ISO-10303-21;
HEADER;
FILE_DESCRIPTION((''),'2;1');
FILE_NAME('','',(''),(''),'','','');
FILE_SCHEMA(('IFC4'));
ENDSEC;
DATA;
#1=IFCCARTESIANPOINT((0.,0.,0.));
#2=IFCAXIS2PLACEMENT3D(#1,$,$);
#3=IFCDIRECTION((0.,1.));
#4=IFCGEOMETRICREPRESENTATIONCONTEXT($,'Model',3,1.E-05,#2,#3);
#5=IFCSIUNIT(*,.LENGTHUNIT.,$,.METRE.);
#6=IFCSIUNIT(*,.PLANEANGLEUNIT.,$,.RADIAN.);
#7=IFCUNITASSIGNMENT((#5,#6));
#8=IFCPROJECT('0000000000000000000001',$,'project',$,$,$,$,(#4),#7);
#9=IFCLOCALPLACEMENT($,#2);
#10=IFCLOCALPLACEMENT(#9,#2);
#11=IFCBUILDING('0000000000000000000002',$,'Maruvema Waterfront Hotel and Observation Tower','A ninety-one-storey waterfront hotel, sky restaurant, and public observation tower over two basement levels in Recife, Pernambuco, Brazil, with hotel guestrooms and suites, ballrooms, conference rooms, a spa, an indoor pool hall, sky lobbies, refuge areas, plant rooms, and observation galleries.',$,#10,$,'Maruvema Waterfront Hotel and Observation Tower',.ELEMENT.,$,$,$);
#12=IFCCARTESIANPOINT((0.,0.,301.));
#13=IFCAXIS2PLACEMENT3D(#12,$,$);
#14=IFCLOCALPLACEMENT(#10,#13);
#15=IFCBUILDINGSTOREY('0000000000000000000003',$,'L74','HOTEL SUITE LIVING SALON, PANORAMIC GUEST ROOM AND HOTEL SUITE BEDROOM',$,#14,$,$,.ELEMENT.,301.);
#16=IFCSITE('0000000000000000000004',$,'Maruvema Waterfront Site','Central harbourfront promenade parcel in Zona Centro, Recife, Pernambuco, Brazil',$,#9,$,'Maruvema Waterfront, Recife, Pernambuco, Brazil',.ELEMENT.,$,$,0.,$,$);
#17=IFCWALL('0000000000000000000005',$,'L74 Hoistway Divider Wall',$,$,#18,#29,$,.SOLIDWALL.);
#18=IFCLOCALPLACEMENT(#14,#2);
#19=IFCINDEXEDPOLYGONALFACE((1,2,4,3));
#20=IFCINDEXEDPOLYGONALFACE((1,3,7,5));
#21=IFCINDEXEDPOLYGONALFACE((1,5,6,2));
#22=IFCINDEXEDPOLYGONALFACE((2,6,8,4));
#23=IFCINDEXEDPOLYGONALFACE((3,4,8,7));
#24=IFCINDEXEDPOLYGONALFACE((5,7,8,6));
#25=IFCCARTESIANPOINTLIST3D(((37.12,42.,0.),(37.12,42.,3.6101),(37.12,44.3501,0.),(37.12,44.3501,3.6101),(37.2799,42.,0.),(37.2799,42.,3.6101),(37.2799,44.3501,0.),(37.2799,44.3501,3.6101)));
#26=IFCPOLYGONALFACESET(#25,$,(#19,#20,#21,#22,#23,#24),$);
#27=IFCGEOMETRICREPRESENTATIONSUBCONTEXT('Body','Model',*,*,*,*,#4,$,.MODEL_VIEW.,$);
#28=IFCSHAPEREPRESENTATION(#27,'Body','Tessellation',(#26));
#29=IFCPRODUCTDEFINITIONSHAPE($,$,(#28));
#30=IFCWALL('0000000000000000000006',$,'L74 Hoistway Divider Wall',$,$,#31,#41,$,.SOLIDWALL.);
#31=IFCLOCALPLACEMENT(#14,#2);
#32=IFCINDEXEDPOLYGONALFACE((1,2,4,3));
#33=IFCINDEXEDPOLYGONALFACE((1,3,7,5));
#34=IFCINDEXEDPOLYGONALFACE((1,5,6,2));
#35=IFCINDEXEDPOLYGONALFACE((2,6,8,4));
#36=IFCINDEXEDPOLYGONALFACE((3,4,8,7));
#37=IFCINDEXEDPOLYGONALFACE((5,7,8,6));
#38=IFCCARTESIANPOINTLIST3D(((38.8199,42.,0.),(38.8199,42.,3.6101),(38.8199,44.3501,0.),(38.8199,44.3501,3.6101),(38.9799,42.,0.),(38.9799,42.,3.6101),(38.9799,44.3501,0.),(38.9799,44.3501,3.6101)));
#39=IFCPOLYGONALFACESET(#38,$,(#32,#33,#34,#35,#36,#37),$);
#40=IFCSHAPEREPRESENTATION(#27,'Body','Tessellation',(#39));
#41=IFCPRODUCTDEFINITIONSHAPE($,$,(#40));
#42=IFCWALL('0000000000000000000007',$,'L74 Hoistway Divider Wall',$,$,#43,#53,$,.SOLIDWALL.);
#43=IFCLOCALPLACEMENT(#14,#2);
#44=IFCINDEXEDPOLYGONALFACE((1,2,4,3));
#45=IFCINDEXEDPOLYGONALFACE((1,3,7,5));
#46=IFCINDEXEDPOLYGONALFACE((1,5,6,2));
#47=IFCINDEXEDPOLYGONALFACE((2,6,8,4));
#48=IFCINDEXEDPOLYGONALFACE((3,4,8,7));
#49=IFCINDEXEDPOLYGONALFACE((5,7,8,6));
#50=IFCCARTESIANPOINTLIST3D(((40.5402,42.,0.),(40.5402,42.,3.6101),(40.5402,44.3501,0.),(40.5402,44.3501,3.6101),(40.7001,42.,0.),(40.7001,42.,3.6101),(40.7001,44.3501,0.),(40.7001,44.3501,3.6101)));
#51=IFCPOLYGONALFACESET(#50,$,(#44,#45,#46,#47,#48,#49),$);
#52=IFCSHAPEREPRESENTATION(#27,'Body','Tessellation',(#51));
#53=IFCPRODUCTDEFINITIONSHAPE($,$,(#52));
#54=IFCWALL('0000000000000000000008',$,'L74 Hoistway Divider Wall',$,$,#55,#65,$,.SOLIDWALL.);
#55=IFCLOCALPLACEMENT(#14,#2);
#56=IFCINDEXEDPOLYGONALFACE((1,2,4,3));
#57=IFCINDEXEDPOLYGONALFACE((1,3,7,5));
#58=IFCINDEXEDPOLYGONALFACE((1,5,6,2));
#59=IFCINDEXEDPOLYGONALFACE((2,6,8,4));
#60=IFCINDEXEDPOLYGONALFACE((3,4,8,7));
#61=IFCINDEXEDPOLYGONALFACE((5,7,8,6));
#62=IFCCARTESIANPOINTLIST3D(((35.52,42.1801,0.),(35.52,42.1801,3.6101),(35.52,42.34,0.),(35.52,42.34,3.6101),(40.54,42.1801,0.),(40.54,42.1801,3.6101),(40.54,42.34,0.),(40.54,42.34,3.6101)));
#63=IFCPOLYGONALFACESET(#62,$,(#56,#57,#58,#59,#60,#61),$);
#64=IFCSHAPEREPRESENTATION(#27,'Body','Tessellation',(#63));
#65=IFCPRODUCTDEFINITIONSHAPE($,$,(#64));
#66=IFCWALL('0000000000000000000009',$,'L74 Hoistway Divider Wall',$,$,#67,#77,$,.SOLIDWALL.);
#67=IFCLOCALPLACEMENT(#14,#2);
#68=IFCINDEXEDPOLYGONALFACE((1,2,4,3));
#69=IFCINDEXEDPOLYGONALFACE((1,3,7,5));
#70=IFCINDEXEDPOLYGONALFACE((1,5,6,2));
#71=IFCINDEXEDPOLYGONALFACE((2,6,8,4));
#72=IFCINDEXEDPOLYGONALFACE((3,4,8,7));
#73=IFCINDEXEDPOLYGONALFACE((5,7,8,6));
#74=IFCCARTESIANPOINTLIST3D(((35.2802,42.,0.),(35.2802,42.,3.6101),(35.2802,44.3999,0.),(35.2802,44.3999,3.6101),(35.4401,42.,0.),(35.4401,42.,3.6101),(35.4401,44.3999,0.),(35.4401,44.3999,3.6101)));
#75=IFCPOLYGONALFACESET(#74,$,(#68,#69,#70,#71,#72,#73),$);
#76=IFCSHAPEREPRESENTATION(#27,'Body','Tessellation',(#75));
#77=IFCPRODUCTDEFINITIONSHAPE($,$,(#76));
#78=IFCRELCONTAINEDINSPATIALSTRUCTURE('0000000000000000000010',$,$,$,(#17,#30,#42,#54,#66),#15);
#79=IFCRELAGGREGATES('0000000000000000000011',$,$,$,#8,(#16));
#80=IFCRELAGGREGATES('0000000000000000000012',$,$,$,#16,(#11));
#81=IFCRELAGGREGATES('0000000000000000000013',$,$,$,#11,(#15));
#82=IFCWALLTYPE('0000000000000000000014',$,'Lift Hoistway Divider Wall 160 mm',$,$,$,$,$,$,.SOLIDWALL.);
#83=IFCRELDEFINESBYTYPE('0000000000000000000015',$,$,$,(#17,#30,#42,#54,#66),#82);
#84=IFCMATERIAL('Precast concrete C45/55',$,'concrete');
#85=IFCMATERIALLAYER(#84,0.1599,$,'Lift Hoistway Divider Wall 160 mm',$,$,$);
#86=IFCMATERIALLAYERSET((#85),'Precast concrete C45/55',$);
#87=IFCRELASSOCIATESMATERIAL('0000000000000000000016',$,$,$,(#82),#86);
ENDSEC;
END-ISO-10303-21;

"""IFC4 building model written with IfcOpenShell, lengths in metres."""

from ifc_helpers import new_model, si_unit, direction, frame, frame_2d, origin, place, context, subcontext, project, spatial, rectangle, extrude, material, layer, layer_set, type_object, element, save


model = new_model("IFC4")

# Units and contexts
model_context = context("Model", 3, precision=1e-05, world=origin(), true_north=direction((0.0, 1.0)))
body_context = subcontext(model_context, "Body", "Model", "MODEL_VIEW")
ifc_project = project(units=[si_unit("LENGTHUNIT", "METRE"), si_unit("PLANEANGLEUNIT", "RADIAN")], contexts=[model_context])

# Site, building, storey
site_placement = place(None, origin())
site = spatial("IfcSite", under=ifc_project, at=site_placement, Name="Maruvema Waterfront Site", Description="Central harbourfront promenade parcel in Zona Centro, Recife, Pernambuco, Brazil", LongName="Maruvema Waterfront, Recife, Pernambuco, Brazil", CompositionType="ELEMENT", RefElevation=0.0)
building_placement = place(site_placement, origin())
building = spatial("IfcBuilding", under=site, at=building_placement, Name="Maruvema Waterfront Hotel and Observation Tower", Description="A ninety-one-storey waterfront hotel, sky restaurant, and public observation tower over two basement levels in Recife, Pernambuco, Brazil, with hotel guestrooms and suites, ballrooms, conference rooms, a spa, an indoor pool hall, sky lobbies, refuge areas, plant rooms, and observation galleries.", LongName="Maruvema Waterfront Hotel and Observation Tower", CompositionType="ELEMENT")
storey_placement = place(building_placement, frame((0.0, 0.0, 301.0)))
storey = spatial("IfcBuildingStorey", under=building, at=storey_placement, Name="L74", Description="HOTEL SUITE LIVING SALON, PANORAMIC GUEST ROOM AND HOTEL SUITE BEDROOM", CompositionType="ELEMENT", Elevation=301.0)

# Walls
ifc_material_1 = material(Name="Precast concrete C45/55", Category="concrete")
ifc_layer_1 = layer(ifc_material_1, 0.1599, Name="Lift Hoistway Divider Wall 160 mm")
ifc_layer_set_1 = layer_set([ifc_layer_1], Name="Precast concrete C45/55")
wall_type_1 = type_object("IfcWallType", Name="Lift Hoistway Divider Wall 160 mm", PredefinedType="SOLIDWALL", material=ifc_layer_set_1)
for number, where, z_axis, x_axis, name in (
    (1, (37.2, 42.0, 0.0), (0.0, 0.0, 1.0), (0.0, 1.0, 0.0), "L74 Hoistway Divider Wall"),
    (2, (38.8999, 42.0, 0.0), (0.0, 0.0, 1.0), (0.0, 1.0, 0.0), "L74 Hoistway Divider Wall"),
    (3, (40.6201, 42.0, 0.0), (0.0, 0.0, 1.0), (0.0, 1.0, 0.0), "L74 Hoistway Divider Wall"),
):
    element("IfcWall", number, at=place(storey_placement, frame(where, z_axis=z_axis, x_axis=x_axis)), inside=storey, type_object=wall_type_1, Name=name, PredefinedType="SOLIDWALL", context=body_context, shape_type="SweptSolid", body=[
        extrude(rectangle(XDim=2.3501, YDim=0.1599, at=frame_2d((1.175, 0.0))), origin(), (0.0, 0.0, 1.0), 3.6101),
    ])
wall_1_placement = place(storey_placement, frame((35.52, 42.26, 0.0), z_axis=(0.0, 0.0, 1.0), x_axis=(1.0, 0.0, 0.0)))
element("IfcWall", 4, at=wall_1_placement, inside=storey, type_object=wall_type_1, Name="L74 Hoistway Divider Wall", PredefinedType="SOLIDWALL", context=body_context, shape_type="SweptSolid", body=[
    extrude(rectangle(XDim=5.02, YDim=0.1599, at=frame_2d((2.51, 0.0))), origin(), (0.0, 0.0, 1.0), 3.6101),
])
wall_2_placement = place(storey_placement, frame((35.3601, 42.0, 0.0), z_axis=(0.0, 0.0, 1.0), x_axis=(0.0, 1.0, 0.0)))
element("IfcWall", 5, at=wall_2_placement, inside=storey, type_object=wall_type_1, Name="L74 Hoistway Divider Wall", PredefinedType="SOLIDWALL", context=body_context, shape_type="SweptSolid", body=[
    extrude(rectangle(XDim=2.3999, YDim=0.1599, at=frame_2d((1.2, 0.0))), origin(), (0.0, 0.0, 1.0), 3.6101),
])

save(model, "model.ifc")
